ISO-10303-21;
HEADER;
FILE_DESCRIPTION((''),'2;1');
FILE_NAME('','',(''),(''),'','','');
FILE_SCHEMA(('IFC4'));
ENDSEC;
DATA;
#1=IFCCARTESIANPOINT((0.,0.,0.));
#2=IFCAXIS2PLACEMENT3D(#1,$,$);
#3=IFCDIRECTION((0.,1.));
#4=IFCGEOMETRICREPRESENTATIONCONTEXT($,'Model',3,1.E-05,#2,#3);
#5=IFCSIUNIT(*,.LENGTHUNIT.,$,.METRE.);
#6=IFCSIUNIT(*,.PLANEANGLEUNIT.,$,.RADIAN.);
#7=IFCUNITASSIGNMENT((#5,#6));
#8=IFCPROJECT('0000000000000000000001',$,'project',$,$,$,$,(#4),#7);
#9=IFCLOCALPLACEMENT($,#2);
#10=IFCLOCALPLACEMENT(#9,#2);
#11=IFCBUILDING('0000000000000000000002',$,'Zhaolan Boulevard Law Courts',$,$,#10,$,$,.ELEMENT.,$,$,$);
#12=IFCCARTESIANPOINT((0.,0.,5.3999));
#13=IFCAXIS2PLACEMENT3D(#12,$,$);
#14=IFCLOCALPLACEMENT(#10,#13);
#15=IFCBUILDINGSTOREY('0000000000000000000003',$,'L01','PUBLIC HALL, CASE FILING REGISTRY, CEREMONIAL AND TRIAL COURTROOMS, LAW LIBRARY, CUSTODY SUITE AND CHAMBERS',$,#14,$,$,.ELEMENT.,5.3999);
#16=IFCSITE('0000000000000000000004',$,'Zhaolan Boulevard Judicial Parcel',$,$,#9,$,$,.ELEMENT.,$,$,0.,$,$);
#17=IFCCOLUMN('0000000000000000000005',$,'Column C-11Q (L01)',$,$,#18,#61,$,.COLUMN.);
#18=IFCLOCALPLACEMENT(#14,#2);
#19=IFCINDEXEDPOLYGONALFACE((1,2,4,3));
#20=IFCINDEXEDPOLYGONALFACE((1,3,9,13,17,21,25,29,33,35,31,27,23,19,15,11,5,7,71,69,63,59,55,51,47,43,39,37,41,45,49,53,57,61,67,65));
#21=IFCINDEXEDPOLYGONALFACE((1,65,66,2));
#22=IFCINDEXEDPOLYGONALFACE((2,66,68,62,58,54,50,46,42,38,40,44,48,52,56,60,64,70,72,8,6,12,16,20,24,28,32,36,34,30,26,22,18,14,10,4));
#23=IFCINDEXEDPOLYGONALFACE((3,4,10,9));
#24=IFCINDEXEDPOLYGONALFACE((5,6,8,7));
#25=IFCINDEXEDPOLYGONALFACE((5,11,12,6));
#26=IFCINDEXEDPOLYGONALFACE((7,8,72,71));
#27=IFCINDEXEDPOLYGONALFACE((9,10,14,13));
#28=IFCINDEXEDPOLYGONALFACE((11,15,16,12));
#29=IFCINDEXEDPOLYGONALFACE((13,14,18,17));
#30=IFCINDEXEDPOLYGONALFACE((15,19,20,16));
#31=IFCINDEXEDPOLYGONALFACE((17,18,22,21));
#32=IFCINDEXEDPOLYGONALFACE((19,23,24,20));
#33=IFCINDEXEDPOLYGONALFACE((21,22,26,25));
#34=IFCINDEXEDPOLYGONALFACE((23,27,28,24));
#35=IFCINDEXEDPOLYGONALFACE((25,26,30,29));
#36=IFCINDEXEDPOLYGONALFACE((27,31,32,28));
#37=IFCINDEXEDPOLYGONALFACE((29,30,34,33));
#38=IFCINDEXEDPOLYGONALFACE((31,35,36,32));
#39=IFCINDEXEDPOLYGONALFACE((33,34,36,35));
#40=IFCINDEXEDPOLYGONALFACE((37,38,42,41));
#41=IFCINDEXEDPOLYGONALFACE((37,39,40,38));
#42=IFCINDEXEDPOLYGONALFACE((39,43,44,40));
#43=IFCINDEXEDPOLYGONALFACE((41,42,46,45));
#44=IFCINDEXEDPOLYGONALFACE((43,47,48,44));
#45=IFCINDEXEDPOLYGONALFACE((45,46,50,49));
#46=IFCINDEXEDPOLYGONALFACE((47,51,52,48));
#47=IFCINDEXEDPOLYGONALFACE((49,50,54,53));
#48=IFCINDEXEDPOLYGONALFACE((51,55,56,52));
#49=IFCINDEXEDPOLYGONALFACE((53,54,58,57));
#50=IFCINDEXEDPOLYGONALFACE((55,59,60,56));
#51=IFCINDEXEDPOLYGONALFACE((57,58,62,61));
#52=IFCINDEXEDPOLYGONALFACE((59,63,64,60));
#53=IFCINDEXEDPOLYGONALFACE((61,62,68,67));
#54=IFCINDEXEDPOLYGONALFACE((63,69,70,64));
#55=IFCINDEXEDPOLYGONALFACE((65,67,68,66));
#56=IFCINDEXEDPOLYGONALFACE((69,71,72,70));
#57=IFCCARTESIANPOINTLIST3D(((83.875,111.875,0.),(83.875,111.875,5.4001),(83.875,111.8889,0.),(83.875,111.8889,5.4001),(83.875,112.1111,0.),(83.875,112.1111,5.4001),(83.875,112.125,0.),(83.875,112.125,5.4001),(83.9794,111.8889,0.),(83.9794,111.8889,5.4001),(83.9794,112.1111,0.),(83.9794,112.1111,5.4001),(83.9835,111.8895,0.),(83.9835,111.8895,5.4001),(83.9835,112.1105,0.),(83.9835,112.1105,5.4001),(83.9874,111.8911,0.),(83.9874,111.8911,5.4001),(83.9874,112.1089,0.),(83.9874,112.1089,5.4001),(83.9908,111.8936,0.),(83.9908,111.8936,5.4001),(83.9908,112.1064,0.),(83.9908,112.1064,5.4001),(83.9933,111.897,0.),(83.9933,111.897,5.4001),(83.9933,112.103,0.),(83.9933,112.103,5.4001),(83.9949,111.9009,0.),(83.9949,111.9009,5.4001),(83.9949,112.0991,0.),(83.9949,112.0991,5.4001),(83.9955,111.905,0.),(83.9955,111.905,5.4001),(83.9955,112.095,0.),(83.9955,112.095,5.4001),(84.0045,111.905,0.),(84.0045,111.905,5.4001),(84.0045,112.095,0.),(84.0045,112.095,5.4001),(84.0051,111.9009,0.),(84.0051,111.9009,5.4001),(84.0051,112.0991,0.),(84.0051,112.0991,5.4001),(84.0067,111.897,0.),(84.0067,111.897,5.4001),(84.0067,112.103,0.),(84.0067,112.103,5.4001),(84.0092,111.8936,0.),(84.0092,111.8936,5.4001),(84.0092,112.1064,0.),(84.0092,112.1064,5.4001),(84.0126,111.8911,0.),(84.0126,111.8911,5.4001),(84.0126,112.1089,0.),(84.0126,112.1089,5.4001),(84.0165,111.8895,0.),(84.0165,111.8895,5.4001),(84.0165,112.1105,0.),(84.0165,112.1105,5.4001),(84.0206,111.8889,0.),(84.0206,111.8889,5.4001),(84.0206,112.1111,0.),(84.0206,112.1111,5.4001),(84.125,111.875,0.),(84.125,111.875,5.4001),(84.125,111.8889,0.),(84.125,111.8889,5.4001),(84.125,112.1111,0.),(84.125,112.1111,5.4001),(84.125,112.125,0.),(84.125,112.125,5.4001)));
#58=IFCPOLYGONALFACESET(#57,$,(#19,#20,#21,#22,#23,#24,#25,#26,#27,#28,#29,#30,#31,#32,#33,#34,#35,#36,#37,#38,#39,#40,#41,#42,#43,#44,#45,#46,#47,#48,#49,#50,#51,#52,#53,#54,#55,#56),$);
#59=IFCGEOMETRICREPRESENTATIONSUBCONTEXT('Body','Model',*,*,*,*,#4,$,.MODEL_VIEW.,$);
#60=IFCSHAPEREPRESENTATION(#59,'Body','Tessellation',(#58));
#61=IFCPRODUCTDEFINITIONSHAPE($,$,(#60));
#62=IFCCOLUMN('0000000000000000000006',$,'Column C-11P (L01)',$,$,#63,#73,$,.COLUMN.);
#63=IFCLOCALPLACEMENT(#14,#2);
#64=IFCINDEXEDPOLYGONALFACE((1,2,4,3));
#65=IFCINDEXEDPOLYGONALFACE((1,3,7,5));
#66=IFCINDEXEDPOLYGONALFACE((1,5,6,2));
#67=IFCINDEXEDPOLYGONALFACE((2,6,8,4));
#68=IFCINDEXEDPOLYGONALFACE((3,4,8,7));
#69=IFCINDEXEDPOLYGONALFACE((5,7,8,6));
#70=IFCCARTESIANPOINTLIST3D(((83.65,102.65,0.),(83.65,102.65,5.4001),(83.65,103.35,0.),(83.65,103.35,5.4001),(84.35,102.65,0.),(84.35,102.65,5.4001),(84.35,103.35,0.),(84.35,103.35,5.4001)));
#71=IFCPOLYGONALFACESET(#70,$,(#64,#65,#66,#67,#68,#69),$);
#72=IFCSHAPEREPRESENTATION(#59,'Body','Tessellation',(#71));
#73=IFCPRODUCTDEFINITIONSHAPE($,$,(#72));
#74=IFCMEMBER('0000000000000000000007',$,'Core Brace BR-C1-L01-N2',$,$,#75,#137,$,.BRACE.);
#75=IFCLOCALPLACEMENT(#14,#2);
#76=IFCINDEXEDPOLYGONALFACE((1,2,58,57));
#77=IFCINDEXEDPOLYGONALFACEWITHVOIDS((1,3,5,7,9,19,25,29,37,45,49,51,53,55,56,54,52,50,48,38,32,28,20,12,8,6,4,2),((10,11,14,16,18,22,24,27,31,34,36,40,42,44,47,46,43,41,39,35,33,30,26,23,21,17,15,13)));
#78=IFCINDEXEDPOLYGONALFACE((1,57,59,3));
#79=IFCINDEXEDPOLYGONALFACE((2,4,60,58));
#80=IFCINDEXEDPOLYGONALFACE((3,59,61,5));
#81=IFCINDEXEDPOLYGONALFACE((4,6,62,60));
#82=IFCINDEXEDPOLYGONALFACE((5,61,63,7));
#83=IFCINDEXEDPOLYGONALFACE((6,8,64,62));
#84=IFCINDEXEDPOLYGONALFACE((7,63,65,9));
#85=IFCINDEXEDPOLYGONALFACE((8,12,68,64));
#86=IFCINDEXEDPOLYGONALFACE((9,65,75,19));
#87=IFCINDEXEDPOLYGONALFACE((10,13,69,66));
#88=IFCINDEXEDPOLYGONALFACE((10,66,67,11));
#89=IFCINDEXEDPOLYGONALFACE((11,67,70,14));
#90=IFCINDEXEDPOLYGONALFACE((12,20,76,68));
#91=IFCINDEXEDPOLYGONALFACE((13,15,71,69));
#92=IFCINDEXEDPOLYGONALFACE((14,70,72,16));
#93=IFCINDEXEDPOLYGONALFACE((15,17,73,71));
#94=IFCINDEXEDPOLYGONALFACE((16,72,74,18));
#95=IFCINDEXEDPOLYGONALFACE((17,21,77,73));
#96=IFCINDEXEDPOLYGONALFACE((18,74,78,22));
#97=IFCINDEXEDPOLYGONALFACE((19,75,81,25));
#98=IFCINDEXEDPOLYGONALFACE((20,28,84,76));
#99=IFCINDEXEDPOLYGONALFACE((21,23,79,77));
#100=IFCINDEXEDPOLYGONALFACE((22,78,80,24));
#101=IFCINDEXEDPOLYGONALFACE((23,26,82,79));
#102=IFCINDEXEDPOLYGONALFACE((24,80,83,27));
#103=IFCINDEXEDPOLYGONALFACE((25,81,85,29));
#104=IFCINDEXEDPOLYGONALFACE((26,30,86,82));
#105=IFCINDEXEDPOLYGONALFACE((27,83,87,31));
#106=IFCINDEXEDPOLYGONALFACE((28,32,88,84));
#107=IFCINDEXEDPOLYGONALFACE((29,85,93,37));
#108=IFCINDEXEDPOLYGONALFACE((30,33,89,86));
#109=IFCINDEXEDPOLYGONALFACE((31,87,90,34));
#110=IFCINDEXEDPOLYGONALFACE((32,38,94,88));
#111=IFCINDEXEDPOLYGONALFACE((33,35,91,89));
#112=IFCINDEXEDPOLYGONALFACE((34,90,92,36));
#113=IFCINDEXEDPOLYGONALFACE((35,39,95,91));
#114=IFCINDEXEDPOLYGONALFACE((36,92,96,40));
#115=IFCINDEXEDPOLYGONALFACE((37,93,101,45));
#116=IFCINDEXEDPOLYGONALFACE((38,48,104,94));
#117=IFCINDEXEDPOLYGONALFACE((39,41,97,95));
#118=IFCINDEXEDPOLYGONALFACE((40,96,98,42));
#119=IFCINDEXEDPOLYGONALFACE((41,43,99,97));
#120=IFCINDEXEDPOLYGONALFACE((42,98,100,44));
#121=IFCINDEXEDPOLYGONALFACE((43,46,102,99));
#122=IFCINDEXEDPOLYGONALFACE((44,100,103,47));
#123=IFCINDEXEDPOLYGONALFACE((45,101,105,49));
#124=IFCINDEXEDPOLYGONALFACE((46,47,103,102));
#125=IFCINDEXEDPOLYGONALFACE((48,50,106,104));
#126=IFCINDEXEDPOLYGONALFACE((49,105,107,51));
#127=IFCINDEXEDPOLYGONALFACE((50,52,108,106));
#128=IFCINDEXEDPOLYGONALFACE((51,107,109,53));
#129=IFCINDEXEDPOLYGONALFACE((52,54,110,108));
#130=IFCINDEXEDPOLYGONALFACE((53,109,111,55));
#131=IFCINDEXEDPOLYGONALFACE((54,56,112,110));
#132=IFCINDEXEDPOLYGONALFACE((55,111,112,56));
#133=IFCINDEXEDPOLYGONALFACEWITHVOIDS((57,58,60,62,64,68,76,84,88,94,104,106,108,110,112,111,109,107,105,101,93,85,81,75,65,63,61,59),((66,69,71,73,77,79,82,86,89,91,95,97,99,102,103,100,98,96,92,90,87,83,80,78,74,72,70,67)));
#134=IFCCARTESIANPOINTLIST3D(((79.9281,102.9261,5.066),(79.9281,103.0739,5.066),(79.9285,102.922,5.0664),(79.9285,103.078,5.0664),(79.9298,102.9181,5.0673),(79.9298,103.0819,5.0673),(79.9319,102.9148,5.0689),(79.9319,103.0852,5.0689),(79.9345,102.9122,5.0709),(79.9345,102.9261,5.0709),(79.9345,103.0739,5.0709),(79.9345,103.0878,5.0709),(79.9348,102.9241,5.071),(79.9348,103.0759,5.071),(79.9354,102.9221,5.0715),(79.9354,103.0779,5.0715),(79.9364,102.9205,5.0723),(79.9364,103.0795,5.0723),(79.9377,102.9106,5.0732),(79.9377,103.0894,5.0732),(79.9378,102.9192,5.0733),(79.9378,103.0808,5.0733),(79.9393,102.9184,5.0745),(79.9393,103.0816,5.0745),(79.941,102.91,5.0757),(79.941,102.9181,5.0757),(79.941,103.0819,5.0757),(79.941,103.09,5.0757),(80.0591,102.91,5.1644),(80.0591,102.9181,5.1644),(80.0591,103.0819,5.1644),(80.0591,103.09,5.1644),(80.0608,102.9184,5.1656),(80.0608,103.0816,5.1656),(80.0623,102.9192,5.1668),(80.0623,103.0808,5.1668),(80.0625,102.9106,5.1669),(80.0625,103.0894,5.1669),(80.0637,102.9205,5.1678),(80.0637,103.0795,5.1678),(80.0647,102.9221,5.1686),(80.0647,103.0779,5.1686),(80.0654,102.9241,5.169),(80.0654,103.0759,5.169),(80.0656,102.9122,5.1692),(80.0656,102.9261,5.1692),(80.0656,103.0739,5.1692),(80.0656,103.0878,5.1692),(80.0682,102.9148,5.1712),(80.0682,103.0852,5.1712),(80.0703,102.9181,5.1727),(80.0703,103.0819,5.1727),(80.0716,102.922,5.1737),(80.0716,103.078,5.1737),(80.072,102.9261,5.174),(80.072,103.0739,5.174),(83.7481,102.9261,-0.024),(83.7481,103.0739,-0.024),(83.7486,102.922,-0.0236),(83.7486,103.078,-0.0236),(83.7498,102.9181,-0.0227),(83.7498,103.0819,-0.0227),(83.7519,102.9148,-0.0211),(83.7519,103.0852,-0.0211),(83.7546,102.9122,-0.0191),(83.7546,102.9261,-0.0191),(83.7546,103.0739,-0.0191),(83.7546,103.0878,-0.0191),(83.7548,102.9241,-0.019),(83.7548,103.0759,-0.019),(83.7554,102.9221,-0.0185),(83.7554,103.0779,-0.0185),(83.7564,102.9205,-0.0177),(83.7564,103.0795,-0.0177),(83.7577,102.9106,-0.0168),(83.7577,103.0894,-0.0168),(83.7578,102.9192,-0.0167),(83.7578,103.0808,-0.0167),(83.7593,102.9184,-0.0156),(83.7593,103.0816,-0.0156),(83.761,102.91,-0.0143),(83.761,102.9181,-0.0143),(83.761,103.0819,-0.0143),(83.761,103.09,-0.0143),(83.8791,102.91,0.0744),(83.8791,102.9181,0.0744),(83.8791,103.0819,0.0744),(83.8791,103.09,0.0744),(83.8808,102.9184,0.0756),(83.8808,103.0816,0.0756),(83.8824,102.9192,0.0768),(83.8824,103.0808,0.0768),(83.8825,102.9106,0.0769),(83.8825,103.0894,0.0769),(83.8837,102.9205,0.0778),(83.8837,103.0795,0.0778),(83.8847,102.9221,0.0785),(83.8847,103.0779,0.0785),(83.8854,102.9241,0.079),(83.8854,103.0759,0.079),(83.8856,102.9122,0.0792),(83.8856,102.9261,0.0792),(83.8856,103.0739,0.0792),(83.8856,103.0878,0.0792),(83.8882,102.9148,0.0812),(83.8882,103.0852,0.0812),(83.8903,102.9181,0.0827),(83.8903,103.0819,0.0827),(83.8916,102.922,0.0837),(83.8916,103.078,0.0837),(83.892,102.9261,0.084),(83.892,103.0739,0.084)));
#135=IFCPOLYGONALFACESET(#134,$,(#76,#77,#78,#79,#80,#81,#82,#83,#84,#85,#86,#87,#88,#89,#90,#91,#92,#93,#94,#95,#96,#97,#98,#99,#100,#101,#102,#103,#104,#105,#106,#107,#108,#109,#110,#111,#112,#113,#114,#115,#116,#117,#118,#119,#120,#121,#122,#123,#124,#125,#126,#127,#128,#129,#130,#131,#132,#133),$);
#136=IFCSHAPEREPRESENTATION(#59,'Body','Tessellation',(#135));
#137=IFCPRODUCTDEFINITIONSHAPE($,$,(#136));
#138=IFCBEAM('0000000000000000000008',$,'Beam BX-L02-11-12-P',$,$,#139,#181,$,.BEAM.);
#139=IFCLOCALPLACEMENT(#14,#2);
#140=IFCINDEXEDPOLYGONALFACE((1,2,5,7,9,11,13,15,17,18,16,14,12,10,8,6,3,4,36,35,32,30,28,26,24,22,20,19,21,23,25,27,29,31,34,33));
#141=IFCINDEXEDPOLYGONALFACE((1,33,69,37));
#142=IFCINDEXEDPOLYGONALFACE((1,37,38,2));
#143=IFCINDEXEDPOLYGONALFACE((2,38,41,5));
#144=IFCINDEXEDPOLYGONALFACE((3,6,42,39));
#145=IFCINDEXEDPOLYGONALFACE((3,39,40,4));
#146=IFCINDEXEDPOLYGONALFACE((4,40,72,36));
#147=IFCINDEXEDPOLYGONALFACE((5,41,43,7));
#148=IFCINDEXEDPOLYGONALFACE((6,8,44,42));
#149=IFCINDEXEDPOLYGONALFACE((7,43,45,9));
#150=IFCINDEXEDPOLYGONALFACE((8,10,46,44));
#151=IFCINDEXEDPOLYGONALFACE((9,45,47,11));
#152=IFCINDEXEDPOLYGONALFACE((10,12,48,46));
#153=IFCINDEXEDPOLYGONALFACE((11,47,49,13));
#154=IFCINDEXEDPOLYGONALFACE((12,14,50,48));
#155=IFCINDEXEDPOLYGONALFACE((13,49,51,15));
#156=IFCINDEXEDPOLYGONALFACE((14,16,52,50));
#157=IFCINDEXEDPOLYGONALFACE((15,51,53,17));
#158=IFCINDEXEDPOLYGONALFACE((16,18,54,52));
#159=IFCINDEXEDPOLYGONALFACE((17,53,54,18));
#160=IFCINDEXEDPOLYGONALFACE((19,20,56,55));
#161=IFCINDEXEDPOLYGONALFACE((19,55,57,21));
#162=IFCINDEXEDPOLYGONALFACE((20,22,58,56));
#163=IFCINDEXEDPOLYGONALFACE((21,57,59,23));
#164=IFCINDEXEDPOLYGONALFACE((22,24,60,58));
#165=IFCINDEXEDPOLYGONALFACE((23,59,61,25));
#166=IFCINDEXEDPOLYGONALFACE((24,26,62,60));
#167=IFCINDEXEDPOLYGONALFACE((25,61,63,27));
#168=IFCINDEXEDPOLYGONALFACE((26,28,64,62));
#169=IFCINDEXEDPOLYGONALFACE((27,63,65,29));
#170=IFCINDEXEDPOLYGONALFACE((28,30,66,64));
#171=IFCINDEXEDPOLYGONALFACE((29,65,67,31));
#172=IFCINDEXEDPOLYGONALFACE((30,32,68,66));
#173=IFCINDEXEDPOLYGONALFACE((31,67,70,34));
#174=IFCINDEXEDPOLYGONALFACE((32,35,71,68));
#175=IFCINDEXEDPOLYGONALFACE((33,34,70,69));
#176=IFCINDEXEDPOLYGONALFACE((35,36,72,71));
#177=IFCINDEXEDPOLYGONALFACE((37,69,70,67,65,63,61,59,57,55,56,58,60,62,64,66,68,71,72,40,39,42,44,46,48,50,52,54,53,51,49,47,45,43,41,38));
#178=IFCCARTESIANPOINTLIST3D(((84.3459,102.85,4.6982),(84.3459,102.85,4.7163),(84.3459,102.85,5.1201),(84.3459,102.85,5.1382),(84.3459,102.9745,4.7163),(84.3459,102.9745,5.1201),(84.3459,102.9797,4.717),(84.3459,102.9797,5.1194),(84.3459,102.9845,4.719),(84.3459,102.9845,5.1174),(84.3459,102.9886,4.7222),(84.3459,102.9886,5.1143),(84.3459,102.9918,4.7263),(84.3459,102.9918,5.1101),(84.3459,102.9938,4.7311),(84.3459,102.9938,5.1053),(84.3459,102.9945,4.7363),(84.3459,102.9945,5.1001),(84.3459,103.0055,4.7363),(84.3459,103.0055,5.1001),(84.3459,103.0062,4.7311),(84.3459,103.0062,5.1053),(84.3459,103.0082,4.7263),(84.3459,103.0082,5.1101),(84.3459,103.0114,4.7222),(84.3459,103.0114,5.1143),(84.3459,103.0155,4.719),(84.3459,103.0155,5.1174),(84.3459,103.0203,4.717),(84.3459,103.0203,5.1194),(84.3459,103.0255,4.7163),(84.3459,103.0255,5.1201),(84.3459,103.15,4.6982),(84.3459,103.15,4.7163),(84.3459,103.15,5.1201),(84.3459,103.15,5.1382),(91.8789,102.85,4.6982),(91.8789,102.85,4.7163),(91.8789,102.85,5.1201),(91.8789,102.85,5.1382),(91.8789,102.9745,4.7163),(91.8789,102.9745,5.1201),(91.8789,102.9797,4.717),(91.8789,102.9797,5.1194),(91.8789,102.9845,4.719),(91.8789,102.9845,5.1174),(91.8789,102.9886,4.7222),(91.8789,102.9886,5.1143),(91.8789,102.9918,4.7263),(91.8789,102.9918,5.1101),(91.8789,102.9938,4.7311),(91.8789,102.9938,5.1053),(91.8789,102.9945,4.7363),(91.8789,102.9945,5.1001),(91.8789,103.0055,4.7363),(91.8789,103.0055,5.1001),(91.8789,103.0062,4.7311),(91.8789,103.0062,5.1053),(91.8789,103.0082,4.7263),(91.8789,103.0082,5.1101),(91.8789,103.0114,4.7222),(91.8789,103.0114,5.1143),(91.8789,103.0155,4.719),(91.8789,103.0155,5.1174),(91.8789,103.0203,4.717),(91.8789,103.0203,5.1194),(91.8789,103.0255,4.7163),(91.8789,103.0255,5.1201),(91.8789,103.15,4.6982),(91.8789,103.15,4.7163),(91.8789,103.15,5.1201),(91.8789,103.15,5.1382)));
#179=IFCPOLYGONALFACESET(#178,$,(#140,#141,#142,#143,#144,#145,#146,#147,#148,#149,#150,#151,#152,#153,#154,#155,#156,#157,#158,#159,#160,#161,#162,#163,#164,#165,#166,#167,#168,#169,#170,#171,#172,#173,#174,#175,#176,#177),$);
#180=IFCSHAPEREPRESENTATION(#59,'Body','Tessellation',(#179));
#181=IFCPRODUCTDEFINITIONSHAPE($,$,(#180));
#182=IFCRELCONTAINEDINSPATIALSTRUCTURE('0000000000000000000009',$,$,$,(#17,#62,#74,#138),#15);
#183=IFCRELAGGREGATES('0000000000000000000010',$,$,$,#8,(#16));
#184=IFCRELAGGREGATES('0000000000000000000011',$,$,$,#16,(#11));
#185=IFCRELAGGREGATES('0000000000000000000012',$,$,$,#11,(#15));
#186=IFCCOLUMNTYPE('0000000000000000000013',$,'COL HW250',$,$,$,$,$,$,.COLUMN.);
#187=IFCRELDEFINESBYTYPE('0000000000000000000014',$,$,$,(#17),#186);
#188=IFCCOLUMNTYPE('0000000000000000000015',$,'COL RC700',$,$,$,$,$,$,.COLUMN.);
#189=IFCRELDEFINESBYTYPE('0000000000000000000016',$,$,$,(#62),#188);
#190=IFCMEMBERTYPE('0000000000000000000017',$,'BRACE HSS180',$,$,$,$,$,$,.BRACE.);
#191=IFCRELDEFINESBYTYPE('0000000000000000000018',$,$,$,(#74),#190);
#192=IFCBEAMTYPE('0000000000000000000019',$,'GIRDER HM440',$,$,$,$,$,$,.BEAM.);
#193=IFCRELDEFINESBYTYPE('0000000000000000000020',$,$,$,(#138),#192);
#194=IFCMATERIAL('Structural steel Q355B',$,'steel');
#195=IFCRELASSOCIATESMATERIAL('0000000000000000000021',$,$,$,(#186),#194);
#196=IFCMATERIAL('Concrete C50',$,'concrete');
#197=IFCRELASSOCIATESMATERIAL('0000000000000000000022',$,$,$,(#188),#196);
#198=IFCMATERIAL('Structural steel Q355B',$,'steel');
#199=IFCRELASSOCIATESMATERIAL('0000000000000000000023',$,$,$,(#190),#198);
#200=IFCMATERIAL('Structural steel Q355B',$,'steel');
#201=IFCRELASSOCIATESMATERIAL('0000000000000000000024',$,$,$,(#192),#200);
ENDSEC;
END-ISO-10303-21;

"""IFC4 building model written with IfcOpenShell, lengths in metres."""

from ifc_helpers import new_model, si_unit, direction, frame, origin, origin_2d, place, context, subcontext, project, spatial, rectangle, hollow_rectangle, i_section, extrude, material, material_profile, profile_set, type_object, element, save


model = new_model("IFC4")

# Units and contexts
model_context = context("Model", 3, precision=1e-05, world=origin(), true_north=direction((0.0, 1.0)))
body_context = subcontext(model_context, "Body", "Model", "MODEL_VIEW")
ifc_project = project(units=[si_unit("LENGTHUNIT", "METRE"), si_unit("PLANEANGLEUNIT", "RADIAN")], contexts=[model_context])

# Site, building, storey
site_placement = place(None, origin())
site = spatial("IfcSite", under=ifc_project, at=site_placement, Name="Zhaolan Boulevard Judicial Parcel", CompositionType="ELEMENT", RefElevation=0.0)
building_placement = place(site_placement, origin())
building = spatial("IfcBuilding", under=site, at=building_placement, Name="Zhaolan Boulevard Law Courts", CompositionType="ELEMENT")
storey_placement = place(building_placement, frame((0.0, 0.0, 5.3999)))
storey = spatial("IfcBuildingStorey", under=building, at=storey_placement, Name="L01", Description="PUBLIC HALL, CASE FILING REGISTRY, CEREMONIAL AND TRIAL COURTROOMS, LAW LIBRARY, CUSTODY SUITE AND CHAMBERS", CompositionType="ELEMENT", Elevation=5.3999)

# Columns
ifc_material_1 = material(Name="Structural steel Q355B", Category="steel")
ifc_material_profile_1 = material_profile(ifc_material_1, i_section(OverallWidth=0.25, OverallDepth=0.25, WebThickness=0.009, FlangeThickness=0.0139, FilletRadius=0.0161, at=origin_2d()), Name="HW250x250")
ifc_profile_set_1 = profile_set([ifc_material_profile_1], Name="Structural steel Q355B")
column_type_1 = type_object("IfcColumnType", Name="COL HW250", PredefinedType="COLUMN", material=ifc_profile_set_1)
column_1_placement = place(storey_placement, frame((84.0, 112.0, 0.0), z_axis=(0.0, 0.0, 1.0), x_axis=(1.0, 0.0, 0.0)))
element("IfcColumn", 1, at=column_1_placement, inside=storey, type_object=column_type_1, Name="Column C-11Q (L01)", PredefinedType="COLUMN", context=body_context, shape_type="SweptSolid", body=[
    extrude(i_section(OverallWidth=0.25, OverallDepth=0.25, WebThickness=0.009, FlangeThickness=0.0139, FilletRadius=0.0161, at=origin_2d()), origin(), (0.0, 0.0, 1.0), 5.4001),
])
ifc_material_2 = material(Name="Concrete C50", Category="concrete")
ifc_material_profile_2 = material_profile(ifc_material_2, rectangle(XDim=0.7, YDim=0.7, at=origin_2d()), Name="RC700x700")
ifc_profile_set_2 = profile_set([ifc_material_profile_2], Name="Concrete C50")
column_type_2 = type_object("IfcColumnType", Name="COL RC700", PredefinedType="COLUMN", material=ifc_profile_set_2)
column_2_placement = place(storey_placement, frame((84.0, 103.0, 0.0), z_axis=(0.0, 0.0, 1.0), x_axis=(1.0, 0.0, 0.0)))
element("IfcColumn", 2, at=column_2_placement, inside=storey, type_object=column_type_2, Name="Column C-11P (L01)", PredefinedType="COLUMN", context=body_context, shape_type="SweptSolid", body=[
    extrude(rectangle(XDim=0.7, YDim=0.7, at=origin_2d()), origin(), (0.0, 0.0, 1.0), 5.4001),
])

# Member
ifc_material_3 = material(Name="Structural steel Q355B", Category="steel")
ifc_material_profile_3 = material_profile(ifc_material_3, hollow_rectangle(XDim=0.1799, YDim=0.1799, WallThickness=0.0081, InnerFilletRadius=0.0081, OuterFilletRadius=0.0161, at=origin_2d()), Name="HSS180x180x8")
ifc_profile_set_3 = profile_set([ifc_material_profile_3], Name="Structural steel Q355B")
member_type = type_object("IfcMemberType", Name="BRACE HSS180", PredefinedType="BRACE", material=ifc_profile_set_3)
member_placement = place(storey_placement, frame((83.8201, 103.0, 0.03), z_axis=(-0.600252, 0.0, 0.799811), x_axis=(0.0, -1.0, 0.0)))
element("IfcMember", 3, at=member_placement, inside=storey, type_object=member_type, Name="Core Brace BR-C1-L01-N2", PredefinedType="BRACE", context=body_context, shape_type="SweptSolid", body=[
    extrude(hollow_rectangle(XDim=0.1799, YDim=0.1799, WallThickness=0.0081, InnerFilletRadius=0.0081, OuterFilletRadius=0.0161, at=origin_2d()), origin(), (0.0, 0.0, 1.0), 6.364),
])

# Beam
ifc_material_4 = material(Name="Structural steel Q355B", Category="steel")
ifc_material_profile_4 = material_profile(ifc_material_4, i_section(OverallWidth=0.3, OverallDepth=0.4399, WebThickness=0.011, FlangeThickness=0.0181, FilletRadius=0.02, at=origin_2d()), Name="HM440x300")
ifc_profile_set_4 = profile_set([ifc_material_profile_4], Name="Structural steel Q355B")
beam_type_1 = type_object("IfcBeamType", Name="GIRDER HM440", PredefinedType="BEAM", material=ifc_profile_set_4)
beam_1_placement = place(storey_placement, frame((84.3459, 103.0, 4.9182), z_axis=(1.0, 0.0, 0.0), x_axis=(0.0, 1.0, 0.0)))
element("IfcBeam", 4, at=beam_1_placement, inside=storey, type_object=beam_type_1, Name="Beam BX-L02-11-12-P", PredefinedType="BEAM", context=body_context, shape_type="SweptSolid", body=[
    extrude(i_section(OverallWidth=0.3, OverallDepth=0.4399, WebThickness=0.011, FlangeThickness=0.0181, FilletRadius=0.02, at=origin_2d()), origin(), (0.0, 0.0, 1.0), 7.533),
])

save(model, "model.ifc")
